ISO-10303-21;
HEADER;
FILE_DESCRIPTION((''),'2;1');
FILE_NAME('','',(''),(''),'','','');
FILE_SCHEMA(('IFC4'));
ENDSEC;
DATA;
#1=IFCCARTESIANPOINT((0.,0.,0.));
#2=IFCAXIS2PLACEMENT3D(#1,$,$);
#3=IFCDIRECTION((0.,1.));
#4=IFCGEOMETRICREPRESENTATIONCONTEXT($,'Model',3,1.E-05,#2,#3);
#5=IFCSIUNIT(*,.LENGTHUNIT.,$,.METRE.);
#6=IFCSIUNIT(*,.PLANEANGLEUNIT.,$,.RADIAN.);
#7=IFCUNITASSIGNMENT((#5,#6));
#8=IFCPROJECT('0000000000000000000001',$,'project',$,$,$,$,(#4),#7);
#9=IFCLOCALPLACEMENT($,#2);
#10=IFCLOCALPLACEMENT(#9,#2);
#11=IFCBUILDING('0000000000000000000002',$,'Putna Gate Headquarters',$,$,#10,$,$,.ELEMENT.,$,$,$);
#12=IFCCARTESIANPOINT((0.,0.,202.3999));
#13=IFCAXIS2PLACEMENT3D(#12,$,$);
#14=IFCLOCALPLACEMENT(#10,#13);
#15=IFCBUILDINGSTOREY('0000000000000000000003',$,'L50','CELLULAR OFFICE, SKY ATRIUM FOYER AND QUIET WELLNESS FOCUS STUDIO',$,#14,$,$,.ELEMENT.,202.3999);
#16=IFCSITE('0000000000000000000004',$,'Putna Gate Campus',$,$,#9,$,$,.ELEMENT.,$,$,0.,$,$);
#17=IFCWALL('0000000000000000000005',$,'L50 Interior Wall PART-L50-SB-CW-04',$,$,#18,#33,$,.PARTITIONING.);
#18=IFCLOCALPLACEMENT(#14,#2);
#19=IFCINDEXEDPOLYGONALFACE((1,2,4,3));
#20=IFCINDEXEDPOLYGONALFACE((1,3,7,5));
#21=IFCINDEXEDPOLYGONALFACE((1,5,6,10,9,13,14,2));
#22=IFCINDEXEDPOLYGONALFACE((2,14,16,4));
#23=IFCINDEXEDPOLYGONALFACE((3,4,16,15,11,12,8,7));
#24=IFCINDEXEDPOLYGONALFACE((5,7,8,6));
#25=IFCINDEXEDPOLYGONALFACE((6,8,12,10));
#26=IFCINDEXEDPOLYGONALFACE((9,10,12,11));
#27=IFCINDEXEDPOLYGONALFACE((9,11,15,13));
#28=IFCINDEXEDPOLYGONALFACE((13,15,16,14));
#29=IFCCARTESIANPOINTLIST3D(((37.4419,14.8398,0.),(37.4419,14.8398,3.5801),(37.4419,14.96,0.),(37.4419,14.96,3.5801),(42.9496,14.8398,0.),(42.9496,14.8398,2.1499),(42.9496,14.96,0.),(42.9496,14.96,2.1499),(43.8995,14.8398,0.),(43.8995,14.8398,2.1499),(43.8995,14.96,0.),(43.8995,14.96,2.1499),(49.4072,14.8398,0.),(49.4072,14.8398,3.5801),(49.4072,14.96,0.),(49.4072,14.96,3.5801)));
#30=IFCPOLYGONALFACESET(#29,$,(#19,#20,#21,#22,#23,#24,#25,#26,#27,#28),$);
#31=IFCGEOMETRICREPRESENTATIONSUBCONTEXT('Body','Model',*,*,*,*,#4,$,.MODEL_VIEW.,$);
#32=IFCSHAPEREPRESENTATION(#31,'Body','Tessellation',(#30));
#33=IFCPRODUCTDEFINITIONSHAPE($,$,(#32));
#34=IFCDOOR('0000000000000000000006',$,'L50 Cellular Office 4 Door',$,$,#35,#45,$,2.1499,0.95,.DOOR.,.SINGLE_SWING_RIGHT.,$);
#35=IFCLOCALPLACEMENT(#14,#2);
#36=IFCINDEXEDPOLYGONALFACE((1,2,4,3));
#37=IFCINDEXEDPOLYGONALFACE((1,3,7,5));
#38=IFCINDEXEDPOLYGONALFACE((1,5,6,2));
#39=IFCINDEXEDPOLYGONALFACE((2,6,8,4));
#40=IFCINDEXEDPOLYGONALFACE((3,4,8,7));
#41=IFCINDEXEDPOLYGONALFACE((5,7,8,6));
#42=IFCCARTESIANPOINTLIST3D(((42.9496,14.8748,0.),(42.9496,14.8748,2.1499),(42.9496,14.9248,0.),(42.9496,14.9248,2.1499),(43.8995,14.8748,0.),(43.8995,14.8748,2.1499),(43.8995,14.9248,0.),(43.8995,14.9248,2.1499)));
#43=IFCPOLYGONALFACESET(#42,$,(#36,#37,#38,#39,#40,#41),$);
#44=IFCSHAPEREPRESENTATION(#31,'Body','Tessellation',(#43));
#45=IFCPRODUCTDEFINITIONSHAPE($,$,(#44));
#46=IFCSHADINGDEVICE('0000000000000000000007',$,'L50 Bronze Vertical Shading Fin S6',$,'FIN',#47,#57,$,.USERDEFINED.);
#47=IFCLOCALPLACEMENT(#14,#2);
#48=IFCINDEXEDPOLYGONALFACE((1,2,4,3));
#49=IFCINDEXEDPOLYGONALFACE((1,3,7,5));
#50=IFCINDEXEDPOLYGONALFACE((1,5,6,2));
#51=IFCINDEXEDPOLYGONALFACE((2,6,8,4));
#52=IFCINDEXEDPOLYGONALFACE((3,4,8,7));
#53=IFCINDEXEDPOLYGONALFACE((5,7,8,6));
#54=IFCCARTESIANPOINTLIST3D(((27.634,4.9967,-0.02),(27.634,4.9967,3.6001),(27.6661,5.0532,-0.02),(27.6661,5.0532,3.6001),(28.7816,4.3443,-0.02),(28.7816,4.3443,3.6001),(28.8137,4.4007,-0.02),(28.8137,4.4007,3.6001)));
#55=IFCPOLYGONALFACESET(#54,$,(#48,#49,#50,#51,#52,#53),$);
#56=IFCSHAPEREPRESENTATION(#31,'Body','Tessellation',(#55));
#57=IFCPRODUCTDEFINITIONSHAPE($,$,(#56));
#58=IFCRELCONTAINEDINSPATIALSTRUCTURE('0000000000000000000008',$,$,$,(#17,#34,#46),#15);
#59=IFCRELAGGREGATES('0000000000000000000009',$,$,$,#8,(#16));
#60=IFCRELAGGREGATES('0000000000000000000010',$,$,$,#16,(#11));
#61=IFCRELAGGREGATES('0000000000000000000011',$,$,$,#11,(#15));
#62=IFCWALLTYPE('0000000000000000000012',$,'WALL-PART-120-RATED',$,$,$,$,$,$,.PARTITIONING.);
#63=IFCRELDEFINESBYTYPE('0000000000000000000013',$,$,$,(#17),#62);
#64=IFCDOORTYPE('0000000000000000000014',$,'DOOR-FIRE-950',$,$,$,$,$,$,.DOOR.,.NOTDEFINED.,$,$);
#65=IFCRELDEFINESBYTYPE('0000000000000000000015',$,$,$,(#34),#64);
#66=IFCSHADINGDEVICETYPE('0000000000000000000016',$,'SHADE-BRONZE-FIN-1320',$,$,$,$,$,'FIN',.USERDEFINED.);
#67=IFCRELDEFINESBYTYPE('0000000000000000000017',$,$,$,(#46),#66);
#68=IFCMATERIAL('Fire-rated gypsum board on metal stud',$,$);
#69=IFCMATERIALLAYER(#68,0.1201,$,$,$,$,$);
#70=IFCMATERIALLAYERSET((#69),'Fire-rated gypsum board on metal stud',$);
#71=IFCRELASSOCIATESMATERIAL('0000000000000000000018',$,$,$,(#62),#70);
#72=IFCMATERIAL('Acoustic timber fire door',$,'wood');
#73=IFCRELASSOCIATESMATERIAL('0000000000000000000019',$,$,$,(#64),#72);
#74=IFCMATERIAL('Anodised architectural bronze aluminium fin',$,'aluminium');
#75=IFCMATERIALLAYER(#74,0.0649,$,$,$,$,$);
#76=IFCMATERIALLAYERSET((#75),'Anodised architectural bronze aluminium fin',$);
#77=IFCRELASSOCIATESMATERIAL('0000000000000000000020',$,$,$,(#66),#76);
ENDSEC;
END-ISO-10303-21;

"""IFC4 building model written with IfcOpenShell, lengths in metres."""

from ifc_helpers import new_model, si_unit, direction, frame, frame_2d, origin, origin_2d, place, context, subcontext, project, spatial, rectangle, extrude, material, layer, layer_set, type_object, element, fill, save


model = new_model("IFC4")

# Units and contexts
model_context = context("Model", 3, precision=1e-05, world=origin(), true_north=direction((0.0, 1.0)))
body_context = subcontext(model_context, "Body", "Model", "MODEL_VIEW")
ifc_project = project(units=[si_unit("LENGTHUNIT", "METRE"), si_unit("PLANEANGLEUNIT", "RADIAN")], contexts=[model_context])

# Site, building, storey
site_placement = place(None, origin())
site = spatial("IfcSite", under=ifc_project, at=site_placement, Name="Putna Gate Campus", CompositionType="ELEMENT", RefElevation=0.0)
building_placement = place(site_placement, origin())
building = spatial("IfcBuilding", under=site, at=building_placement, Name="Putna Gate Headquarters", CompositionType="ELEMENT")
storey_placement = place(building_placement, frame((0.0, 0.0, 202.3999)))
storey = spatial("IfcBuildingStorey", under=building, at=storey_placement, Name="L50", Description="CELLULAR OFFICE, SKY ATRIUM FOYER AND QUIET WELLNESS FOCUS STUDIO", CompositionType="ELEMENT", Elevation=202.3999)

# Wall, opening, door
ifc_material_1 = material(Name="Fire-rated gypsum board on metal stud")
ifc_layer_1 = layer(ifc_material_1, 0.1201)
ifc_layer_set_1 = layer_set([ifc_layer_1], Name="Fire-rated gypsum board on metal stud")
wall_type_1 = type_object("IfcWallType", Name="WALL-PART-120-RATED", PredefinedType="PARTITIONING", material=ifc_layer_set_1)
ifc_material_2 = material(Name="Acoustic timber fire door", Category="wood")
door_type = type_object("IfcDoorType", Name="DOOR-FIRE-950", OperationType="NOTDEFINED", PredefinedType="DOOR", material=ifc_material_2)
wall_1_placement = place(storey_placement, frame((37.4419, 14.8999, 0.0), z_axis=(0.0, 0.0, 1.0), x_axis=(1.0, 0.0, 0.0)))
wall_1 = element("IfcWall", 1, at=wall_1_placement, inside=storey, type_object=wall_type_1, Name="L50 Interior Wall PART-L50-SB-CW-04", PredefinedType="PARTITIONING", context=body_context, shape_type="SweptSolid", body=[
    extrude(rectangle(XDim=11.9653, YDim=0.1201, at=frame_2d((5.9827, 0.0))), origin(), (0.0, 0.0, 1.0), 3.5801),
])
opening_1_placement = place(wall_1_placement, frame((5.5076, 0.0, 0.0)))
opening_1 = element("IfcOpeningElement", 2, at=opening_1_placement, cuts=wall_1, PredefinedType="OPENING", context=body_context, shape_type="SweptSolid", body=[
    extrude(rectangle(XDim=0.95, YDim=2.1499, at=frame_2d((0.4751, 1.075))), frame((0.0, 0.0701, 0.0), z_axis=(0.0, -1.0, 0.0), x_axis=(1.0, 0.0, 0.0)), (0.0, 0.0, 1.0), 0.1401),
])
door_1_placement = place(opening_1_placement, origin())
door_1 = element("IfcDoor", 3, at=door_1_placement, inside=storey, type_object=door_type, Name="L50 Cellular Office 4 Door", OperationType="SINGLE_SWING_RIGHT", OverallHeight=2.1499, OverallWidth=0.95, PredefinedType="DOOR", context=body_context, shape_type="SweptSolid", body=[
    extrude(rectangle(XDim=0.95, YDim=2.1499, at=frame_2d((0.4751, 1.075))), frame((0.0, 0.0249, 0.0), z_axis=(0.0, -1.0, 0.0), x_axis=(1.0, 0.0, 0.0)), (0.0, 0.0, 1.0), 0.05),
])
fill(opening_1, door_1)

# Shading device
ifc_material_3 = material(Name="Anodised architectural bronze aluminium fin", Category="aluminium")
ifc_layer_2 = layer(ifc_material_3, 0.0649)
ifc_layer_set_2 = layer_set([ifc_layer_2], Name="Anodised architectural bronze aluminium fin")
shading_device_type = type_object("IfcShadingDeviceType", Name="SHADE-BRONZE-FIN-1320", ElementType="FIN", PredefinedType="USERDEFINED", material=ifc_layer_set_2)
shading_device_placement = place(storey_placement, frame((28.2239, 4.6987, -0.02), z_axis=(0.0, 0.0, 1.0), x_axis=(0.869322, -0.494245, 0.0)))
element("IfcShadingDevice", 4, at=shading_device_placement, inside=storey, type_object=shading_device_type, Name="L50 Bronze Vertical Shading Fin S6", ObjectType="FIN", PredefinedType="USERDEFINED", context=body_context, shape_type="SweptSolid", body=[
    extrude(rectangle(XDim=1.3201, YDim=0.0649, at=origin_2d()), origin(), (0.0, 0.0, 1.0), 3.6201),
])

save(model, "model.ifc")
